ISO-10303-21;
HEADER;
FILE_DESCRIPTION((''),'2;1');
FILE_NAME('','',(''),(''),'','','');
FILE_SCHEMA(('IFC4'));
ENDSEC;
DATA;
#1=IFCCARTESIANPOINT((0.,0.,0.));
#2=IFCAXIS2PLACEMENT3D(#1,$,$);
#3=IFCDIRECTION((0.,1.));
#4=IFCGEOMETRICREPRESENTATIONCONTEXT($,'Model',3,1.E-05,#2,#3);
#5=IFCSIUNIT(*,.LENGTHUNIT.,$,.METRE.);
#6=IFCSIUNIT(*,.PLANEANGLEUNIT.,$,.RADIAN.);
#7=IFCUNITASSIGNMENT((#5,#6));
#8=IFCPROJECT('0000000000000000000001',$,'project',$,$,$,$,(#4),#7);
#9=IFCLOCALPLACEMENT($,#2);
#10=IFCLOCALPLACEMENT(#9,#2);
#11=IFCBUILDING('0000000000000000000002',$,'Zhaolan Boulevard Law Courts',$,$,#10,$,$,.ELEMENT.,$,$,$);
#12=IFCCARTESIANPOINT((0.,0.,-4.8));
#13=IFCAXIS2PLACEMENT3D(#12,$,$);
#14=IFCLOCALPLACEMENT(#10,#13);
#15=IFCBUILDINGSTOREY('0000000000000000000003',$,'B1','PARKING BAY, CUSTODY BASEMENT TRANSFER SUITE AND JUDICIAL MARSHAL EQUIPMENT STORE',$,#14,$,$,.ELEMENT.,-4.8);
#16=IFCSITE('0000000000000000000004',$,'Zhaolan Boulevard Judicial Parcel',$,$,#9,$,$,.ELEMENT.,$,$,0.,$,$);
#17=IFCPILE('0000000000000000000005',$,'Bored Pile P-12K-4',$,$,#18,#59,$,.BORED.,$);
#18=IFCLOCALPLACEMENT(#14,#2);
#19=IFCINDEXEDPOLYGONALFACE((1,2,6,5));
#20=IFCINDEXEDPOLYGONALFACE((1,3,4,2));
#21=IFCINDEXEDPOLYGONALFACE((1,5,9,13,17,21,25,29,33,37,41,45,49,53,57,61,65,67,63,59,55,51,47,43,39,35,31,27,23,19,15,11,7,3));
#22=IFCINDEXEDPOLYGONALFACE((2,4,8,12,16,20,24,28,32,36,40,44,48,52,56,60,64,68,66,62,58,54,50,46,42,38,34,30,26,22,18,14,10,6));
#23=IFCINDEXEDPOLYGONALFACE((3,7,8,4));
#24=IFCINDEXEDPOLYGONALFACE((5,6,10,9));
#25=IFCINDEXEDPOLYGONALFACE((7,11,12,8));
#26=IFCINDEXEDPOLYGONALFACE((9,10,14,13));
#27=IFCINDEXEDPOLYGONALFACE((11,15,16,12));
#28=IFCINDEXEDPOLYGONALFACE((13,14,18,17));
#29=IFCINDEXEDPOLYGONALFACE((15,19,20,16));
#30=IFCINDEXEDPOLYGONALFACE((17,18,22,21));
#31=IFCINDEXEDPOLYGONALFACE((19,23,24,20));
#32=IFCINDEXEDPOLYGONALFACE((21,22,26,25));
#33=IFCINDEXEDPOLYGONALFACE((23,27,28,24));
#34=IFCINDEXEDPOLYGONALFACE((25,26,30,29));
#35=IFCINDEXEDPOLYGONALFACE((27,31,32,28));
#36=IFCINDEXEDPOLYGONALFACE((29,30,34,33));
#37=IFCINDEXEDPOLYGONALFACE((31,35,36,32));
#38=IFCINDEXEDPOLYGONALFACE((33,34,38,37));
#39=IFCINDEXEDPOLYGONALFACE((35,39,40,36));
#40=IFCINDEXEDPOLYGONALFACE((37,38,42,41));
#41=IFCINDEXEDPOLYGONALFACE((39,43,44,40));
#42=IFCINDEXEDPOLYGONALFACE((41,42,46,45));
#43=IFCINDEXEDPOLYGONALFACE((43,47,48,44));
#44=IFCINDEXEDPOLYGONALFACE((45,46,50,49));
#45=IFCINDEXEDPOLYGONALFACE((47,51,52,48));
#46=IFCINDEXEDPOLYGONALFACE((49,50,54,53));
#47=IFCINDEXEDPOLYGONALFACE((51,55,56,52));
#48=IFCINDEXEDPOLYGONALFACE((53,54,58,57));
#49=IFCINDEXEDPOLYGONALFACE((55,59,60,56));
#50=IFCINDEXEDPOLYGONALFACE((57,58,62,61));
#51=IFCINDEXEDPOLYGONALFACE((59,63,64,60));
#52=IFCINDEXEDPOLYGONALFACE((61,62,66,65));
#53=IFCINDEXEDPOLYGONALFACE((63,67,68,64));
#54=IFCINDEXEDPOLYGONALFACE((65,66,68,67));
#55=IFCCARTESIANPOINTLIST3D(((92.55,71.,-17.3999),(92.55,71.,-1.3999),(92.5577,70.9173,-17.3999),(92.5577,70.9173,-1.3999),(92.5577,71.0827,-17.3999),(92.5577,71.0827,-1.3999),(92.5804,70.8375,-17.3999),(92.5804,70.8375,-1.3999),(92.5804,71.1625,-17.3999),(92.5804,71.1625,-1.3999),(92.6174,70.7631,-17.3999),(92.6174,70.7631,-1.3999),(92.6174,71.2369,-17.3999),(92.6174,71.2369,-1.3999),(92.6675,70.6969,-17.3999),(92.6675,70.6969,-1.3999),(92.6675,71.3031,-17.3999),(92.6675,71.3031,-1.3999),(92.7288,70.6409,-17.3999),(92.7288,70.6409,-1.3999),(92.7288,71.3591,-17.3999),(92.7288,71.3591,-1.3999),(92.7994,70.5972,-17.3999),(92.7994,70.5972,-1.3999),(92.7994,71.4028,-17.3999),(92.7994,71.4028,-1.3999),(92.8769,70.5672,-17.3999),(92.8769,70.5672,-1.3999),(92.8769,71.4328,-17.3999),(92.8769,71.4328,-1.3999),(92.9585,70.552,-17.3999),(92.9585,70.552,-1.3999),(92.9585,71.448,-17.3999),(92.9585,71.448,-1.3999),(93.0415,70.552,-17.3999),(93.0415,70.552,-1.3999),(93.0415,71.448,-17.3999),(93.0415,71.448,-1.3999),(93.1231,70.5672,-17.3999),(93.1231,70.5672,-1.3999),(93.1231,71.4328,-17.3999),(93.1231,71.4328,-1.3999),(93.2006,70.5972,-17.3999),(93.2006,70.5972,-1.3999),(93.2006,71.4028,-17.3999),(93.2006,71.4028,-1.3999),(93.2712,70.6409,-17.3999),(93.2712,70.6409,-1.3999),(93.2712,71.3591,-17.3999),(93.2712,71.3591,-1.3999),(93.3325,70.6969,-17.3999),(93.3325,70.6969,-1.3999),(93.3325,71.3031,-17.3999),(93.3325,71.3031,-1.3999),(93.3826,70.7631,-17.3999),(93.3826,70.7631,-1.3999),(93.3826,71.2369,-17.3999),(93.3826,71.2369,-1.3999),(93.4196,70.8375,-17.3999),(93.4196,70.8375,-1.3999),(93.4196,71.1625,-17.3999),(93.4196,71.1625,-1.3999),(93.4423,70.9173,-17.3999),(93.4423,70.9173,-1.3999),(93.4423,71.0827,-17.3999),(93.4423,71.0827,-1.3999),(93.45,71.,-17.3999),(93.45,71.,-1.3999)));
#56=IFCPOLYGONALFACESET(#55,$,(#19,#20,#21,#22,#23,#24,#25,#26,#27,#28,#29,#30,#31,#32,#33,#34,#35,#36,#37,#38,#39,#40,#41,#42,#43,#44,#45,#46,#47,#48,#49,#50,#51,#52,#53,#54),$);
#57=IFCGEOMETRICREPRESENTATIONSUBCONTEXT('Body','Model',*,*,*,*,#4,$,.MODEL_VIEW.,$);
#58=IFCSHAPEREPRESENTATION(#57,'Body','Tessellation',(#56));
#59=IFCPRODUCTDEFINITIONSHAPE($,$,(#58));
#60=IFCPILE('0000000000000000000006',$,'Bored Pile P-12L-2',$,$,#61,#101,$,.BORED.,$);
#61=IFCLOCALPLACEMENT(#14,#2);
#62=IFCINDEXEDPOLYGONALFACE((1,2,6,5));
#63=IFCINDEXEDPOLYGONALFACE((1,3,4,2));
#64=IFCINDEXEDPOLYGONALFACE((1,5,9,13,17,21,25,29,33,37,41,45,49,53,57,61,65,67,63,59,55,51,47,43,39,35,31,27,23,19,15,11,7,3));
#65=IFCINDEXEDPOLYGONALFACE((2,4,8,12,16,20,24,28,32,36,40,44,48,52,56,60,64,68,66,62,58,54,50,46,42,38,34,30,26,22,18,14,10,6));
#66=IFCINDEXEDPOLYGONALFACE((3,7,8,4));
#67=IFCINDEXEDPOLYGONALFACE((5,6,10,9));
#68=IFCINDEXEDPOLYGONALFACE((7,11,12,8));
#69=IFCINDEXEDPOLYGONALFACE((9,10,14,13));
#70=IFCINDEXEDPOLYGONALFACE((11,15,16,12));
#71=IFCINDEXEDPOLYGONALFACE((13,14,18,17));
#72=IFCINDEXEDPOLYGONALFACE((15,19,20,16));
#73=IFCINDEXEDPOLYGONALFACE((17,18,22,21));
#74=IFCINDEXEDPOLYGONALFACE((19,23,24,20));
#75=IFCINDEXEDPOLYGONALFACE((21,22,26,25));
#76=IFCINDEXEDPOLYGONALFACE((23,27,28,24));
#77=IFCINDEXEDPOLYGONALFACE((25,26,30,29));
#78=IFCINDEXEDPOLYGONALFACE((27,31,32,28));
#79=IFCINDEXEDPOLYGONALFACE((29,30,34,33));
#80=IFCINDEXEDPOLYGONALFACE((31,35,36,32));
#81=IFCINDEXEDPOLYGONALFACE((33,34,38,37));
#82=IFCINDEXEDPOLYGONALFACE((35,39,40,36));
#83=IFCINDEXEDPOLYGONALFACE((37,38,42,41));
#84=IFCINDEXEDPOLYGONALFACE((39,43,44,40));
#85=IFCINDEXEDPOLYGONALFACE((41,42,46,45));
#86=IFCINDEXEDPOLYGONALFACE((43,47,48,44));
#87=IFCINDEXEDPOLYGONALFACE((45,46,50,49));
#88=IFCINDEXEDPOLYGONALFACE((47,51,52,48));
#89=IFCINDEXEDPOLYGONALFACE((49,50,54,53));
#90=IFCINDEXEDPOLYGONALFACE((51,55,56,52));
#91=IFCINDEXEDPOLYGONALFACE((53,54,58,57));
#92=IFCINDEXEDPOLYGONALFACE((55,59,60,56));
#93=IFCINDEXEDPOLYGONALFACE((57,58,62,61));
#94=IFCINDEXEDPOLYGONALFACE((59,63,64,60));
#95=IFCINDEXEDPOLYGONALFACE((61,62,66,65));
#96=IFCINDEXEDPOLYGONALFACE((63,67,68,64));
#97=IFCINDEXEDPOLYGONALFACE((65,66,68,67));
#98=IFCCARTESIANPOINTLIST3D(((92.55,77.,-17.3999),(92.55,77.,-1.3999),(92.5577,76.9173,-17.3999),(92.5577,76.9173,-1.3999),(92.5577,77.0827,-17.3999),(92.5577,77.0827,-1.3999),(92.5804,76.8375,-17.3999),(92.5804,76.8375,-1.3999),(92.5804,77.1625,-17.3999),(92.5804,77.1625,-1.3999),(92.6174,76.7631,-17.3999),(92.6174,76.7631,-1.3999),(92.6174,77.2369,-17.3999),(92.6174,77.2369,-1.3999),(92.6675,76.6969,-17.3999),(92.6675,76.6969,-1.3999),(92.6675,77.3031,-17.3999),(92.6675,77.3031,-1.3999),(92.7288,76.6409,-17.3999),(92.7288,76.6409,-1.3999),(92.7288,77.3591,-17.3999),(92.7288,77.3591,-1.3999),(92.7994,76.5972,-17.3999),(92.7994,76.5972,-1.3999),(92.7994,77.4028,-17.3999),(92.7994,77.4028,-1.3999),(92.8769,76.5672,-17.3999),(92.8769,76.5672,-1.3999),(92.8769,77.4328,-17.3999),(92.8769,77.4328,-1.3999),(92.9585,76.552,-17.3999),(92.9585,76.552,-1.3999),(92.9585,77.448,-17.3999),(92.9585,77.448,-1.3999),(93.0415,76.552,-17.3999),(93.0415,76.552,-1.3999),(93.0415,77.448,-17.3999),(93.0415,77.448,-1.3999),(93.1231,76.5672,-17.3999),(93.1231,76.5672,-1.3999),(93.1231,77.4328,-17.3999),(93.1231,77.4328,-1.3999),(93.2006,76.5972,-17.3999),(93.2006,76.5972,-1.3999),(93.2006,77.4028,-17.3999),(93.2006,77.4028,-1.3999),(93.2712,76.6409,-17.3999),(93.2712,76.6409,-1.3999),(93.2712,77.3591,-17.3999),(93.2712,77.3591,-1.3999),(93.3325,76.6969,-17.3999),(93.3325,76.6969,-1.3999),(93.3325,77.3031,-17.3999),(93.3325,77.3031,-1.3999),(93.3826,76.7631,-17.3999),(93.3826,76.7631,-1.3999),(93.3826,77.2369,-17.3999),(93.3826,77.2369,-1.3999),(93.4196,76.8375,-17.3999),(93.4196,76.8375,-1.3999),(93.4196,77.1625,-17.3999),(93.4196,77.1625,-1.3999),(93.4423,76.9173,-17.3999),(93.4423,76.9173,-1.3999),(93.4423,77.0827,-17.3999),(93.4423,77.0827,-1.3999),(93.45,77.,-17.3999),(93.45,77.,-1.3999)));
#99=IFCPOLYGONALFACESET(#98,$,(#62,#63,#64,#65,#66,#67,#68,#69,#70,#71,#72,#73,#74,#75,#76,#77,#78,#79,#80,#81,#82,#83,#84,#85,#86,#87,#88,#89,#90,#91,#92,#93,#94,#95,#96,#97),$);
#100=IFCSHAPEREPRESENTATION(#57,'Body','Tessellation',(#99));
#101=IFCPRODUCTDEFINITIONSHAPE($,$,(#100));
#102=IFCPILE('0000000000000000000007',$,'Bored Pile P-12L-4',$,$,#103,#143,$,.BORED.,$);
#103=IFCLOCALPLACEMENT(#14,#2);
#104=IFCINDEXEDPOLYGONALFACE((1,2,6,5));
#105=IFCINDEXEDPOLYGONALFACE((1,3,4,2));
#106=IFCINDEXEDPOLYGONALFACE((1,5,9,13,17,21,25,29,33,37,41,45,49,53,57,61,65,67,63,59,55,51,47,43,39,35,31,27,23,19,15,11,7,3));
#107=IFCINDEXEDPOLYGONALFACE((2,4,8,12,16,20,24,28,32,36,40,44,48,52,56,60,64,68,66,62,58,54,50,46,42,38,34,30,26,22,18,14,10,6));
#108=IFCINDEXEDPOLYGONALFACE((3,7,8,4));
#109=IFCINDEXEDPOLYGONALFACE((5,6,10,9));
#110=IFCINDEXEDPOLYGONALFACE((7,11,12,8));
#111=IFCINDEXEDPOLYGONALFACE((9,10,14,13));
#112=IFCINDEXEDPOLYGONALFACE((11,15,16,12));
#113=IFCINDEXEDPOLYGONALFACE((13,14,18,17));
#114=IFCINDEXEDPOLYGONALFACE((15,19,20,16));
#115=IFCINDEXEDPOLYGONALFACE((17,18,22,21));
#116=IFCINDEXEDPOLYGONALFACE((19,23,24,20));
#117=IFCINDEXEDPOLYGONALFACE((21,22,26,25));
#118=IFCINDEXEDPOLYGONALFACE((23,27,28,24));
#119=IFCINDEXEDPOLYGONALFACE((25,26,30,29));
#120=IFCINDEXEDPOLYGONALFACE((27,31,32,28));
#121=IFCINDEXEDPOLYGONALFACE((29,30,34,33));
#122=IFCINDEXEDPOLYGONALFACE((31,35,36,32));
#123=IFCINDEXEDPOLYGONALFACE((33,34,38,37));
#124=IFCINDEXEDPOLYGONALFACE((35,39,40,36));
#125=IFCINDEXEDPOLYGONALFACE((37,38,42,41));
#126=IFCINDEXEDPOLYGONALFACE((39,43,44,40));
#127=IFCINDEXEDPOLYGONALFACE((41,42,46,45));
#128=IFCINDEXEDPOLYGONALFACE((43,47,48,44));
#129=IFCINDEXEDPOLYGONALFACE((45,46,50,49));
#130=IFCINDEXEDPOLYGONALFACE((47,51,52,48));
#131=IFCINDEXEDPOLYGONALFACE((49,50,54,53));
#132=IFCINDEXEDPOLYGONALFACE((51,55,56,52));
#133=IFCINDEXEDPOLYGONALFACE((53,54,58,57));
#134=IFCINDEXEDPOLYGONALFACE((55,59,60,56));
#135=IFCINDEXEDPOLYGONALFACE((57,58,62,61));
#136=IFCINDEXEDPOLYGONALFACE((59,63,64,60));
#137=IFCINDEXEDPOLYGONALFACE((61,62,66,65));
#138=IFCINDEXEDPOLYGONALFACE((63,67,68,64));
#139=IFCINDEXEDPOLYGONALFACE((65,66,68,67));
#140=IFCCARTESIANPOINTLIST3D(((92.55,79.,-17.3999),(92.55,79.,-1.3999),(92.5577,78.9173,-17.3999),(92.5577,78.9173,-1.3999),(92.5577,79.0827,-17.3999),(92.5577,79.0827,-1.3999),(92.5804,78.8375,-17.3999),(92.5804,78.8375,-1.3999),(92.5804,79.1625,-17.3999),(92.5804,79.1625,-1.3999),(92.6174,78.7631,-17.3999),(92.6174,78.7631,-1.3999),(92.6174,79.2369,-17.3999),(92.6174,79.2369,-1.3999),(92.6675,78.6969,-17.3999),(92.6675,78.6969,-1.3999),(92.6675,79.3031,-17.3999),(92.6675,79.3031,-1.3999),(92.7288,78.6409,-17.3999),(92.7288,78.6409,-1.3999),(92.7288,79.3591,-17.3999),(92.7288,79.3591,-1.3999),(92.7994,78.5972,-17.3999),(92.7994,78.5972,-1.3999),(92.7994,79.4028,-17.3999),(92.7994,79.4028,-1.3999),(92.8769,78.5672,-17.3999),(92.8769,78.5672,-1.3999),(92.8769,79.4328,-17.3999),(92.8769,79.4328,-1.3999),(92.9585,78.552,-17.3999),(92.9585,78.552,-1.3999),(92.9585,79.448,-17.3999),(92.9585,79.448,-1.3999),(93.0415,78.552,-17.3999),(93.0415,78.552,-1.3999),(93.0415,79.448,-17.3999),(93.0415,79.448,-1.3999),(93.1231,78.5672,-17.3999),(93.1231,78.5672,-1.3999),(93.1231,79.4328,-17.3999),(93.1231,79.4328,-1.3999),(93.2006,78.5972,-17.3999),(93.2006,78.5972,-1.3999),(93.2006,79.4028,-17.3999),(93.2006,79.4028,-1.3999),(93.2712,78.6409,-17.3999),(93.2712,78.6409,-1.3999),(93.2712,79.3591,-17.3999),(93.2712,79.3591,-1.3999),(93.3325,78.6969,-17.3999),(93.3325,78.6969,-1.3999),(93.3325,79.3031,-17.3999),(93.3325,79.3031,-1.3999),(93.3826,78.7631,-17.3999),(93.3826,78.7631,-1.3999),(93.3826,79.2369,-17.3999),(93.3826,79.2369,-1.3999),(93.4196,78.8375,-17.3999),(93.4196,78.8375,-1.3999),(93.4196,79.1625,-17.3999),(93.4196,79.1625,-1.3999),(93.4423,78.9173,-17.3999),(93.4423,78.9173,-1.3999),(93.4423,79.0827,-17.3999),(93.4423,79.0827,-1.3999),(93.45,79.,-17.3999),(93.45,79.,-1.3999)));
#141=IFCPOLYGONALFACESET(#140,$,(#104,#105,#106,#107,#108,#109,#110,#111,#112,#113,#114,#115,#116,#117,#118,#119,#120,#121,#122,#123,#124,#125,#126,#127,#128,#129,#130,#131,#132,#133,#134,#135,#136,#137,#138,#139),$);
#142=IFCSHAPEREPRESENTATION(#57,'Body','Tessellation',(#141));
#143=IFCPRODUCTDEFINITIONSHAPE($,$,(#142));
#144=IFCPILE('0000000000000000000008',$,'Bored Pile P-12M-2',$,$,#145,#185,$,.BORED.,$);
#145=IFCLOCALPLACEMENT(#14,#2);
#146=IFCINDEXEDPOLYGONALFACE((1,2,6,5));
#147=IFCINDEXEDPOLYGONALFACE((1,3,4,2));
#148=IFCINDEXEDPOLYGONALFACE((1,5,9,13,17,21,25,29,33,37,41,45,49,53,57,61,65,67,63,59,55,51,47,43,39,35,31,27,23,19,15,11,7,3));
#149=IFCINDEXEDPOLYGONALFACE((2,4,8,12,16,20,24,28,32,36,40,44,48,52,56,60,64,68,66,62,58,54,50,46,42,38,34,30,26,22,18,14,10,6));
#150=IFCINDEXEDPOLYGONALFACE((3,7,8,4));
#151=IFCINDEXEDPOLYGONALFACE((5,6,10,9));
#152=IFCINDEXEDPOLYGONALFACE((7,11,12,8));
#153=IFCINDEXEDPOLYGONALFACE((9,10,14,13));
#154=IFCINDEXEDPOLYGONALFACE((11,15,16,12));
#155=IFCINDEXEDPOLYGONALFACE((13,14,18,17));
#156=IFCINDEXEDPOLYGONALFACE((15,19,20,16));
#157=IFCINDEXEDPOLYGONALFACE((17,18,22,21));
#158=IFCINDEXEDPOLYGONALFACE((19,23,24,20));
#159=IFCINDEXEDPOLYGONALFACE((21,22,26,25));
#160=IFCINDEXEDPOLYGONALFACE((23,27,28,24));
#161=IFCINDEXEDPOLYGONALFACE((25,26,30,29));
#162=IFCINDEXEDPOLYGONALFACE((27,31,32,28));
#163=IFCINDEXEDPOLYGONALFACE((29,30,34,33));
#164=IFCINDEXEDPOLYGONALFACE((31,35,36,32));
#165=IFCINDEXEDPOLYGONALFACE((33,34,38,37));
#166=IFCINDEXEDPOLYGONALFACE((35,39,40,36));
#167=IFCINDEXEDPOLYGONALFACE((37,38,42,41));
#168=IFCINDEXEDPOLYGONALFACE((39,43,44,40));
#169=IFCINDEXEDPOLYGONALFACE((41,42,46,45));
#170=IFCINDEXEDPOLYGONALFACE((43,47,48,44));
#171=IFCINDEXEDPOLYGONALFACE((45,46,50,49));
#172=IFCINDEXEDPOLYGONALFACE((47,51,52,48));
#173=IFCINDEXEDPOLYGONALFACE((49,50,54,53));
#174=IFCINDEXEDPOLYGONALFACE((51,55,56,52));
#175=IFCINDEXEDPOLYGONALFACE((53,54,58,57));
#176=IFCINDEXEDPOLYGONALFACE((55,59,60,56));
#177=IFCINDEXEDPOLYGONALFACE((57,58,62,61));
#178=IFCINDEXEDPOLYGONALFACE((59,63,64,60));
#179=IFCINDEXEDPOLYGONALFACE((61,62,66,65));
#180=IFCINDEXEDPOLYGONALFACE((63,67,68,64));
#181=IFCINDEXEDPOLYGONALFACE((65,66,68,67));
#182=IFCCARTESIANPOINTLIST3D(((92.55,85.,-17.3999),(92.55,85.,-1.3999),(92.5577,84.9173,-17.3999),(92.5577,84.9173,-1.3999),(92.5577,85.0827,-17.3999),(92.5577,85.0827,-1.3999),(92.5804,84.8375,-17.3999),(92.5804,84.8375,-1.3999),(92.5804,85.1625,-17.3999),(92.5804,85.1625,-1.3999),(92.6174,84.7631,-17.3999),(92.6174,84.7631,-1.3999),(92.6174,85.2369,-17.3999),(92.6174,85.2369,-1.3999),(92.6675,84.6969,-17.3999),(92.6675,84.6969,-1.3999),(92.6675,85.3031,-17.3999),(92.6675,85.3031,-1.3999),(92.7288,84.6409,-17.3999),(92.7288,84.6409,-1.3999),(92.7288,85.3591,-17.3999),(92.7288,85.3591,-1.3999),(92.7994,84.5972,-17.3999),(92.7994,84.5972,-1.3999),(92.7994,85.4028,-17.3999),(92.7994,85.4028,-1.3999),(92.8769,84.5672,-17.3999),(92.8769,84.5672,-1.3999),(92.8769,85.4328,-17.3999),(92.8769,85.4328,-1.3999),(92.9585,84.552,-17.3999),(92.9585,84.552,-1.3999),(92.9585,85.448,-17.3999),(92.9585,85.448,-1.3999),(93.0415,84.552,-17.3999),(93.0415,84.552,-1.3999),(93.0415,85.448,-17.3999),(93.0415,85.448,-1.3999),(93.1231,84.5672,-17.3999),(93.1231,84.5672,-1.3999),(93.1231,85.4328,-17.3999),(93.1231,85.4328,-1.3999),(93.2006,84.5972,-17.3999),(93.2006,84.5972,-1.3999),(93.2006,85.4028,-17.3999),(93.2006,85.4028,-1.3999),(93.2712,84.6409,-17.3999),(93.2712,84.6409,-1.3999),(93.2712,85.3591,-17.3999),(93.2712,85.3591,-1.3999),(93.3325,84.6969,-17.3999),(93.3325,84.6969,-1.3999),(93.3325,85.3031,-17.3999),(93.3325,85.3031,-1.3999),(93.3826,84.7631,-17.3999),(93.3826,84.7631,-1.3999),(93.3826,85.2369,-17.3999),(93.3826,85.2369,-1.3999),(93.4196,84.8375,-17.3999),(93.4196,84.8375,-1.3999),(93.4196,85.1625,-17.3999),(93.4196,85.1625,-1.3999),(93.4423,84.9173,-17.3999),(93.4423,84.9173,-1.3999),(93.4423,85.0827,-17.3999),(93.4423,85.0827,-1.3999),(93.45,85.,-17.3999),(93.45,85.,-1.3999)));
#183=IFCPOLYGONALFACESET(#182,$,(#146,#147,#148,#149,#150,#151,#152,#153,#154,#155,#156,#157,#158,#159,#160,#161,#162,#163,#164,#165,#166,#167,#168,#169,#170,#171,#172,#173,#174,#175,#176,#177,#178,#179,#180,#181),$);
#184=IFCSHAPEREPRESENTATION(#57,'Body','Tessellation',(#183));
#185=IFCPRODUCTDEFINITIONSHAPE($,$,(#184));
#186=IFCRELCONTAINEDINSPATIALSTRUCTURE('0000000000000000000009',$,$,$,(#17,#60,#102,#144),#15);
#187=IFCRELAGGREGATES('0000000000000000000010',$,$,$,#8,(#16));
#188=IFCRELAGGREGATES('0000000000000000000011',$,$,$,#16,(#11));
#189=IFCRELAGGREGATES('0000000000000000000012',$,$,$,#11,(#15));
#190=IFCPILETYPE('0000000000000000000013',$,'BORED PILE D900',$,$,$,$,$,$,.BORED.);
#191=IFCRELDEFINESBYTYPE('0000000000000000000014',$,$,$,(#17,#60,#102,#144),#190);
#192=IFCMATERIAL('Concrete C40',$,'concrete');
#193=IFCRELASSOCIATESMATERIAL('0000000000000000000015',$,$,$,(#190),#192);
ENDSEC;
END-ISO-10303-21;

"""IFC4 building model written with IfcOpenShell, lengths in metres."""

from ifc_helpers import new_model, si_unit, direction, frame, origin, origin_2d, place, context, subcontext, project, spatial, circle, extrude, material, material_profile, profile_set, type_object, element, save


model = new_model("IFC4")

# Units and contexts
model_context = context("Model", 3, precision=1e-05, world=origin(), true_north=direction((0.0, 1.0)))
body_context = subcontext(model_context, "Body", "Model", "MODEL_VIEW")
ifc_project = project(units=[si_unit("LENGTHUNIT", "METRE"), si_unit("PLANEANGLEUNIT", "RADIAN")], contexts=[model_context])

# Site, building, storey
site_placement = place(None, origin())
site = spatial("IfcSite", under=ifc_project, at=site_placement, Name="Zhaolan Boulevard Judicial Parcel", CompositionType="ELEMENT", RefElevation=0.0)
building_placement = place(site_placement, origin())
building = spatial("IfcBuilding", under=site, at=building_placement, Name="Zhaolan Boulevard Law Courts", CompositionType="ELEMENT")
storey_placement = place(building_placement, frame((0.0, 0.0, -4.8)))
storey = spatial("IfcBuildingStorey", under=building, at=storey_placement, Name="B1", Description="PARKING BAY, CUSTODY BASEMENT TRANSFER SUITE AND JUDICIAL MARSHAL EQUIPMENT STORE", CompositionType="ELEMENT", Elevation=-4.8)

# Piles
ifc_material_1 = material(Name="Concrete C40", Category="concrete")
ifc_material_profile_1 = material_profile(ifc_material_1, circle(Radius=0.45, at=origin_2d()), Name="PILE-D900")
ifc_profile_set_1 = profile_set([ifc_material_profile_1], Name="Concrete C40")
pile_type = type_object("IfcPileType", Name="BORED PILE D900", PredefinedType="BORED", material=ifc_profile_set_1)
for number, where, z_axis, x_axis, name in (
    (1, (93.0, 71.0, -1.3999), (0.0, 0.0, -1.0), (1.0, 0.0, 0.0), "Bored Pile P-12K-4"),
    (2, (93.0, 77.0, -1.3999), (0.0, 0.0, -1.0), (1.0, 0.0, 0.0), "Bored Pile P-12L-2"),
    (3, (93.0, 79.0, -1.3999), (0.0, 0.0, -1.0), (1.0, 0.0, 0.0), "Bored Pile P-12L-4"),
    (4, (93.0, 85.0, -1.3999), (0.0, 0.0, -1.0), (1.0, 0.0, 0.0), "Bored Pile P-12M-2"),
):
    element("IfcPile", number, at=place(storey_placement, frame(where, z_axis=z_axis, x_axis=x_axis)), inside=storey, type_object=pile_type, Name=name, PredefinedType="BORED", context=body_context, shape_type="SweptSolid", body=[
        extrude(circle(Radius=0.45, at=origin_2d()), origin(), (0.0, 0.0, 1.0), 16.0),
    ])

save(model, "model.ifc")
